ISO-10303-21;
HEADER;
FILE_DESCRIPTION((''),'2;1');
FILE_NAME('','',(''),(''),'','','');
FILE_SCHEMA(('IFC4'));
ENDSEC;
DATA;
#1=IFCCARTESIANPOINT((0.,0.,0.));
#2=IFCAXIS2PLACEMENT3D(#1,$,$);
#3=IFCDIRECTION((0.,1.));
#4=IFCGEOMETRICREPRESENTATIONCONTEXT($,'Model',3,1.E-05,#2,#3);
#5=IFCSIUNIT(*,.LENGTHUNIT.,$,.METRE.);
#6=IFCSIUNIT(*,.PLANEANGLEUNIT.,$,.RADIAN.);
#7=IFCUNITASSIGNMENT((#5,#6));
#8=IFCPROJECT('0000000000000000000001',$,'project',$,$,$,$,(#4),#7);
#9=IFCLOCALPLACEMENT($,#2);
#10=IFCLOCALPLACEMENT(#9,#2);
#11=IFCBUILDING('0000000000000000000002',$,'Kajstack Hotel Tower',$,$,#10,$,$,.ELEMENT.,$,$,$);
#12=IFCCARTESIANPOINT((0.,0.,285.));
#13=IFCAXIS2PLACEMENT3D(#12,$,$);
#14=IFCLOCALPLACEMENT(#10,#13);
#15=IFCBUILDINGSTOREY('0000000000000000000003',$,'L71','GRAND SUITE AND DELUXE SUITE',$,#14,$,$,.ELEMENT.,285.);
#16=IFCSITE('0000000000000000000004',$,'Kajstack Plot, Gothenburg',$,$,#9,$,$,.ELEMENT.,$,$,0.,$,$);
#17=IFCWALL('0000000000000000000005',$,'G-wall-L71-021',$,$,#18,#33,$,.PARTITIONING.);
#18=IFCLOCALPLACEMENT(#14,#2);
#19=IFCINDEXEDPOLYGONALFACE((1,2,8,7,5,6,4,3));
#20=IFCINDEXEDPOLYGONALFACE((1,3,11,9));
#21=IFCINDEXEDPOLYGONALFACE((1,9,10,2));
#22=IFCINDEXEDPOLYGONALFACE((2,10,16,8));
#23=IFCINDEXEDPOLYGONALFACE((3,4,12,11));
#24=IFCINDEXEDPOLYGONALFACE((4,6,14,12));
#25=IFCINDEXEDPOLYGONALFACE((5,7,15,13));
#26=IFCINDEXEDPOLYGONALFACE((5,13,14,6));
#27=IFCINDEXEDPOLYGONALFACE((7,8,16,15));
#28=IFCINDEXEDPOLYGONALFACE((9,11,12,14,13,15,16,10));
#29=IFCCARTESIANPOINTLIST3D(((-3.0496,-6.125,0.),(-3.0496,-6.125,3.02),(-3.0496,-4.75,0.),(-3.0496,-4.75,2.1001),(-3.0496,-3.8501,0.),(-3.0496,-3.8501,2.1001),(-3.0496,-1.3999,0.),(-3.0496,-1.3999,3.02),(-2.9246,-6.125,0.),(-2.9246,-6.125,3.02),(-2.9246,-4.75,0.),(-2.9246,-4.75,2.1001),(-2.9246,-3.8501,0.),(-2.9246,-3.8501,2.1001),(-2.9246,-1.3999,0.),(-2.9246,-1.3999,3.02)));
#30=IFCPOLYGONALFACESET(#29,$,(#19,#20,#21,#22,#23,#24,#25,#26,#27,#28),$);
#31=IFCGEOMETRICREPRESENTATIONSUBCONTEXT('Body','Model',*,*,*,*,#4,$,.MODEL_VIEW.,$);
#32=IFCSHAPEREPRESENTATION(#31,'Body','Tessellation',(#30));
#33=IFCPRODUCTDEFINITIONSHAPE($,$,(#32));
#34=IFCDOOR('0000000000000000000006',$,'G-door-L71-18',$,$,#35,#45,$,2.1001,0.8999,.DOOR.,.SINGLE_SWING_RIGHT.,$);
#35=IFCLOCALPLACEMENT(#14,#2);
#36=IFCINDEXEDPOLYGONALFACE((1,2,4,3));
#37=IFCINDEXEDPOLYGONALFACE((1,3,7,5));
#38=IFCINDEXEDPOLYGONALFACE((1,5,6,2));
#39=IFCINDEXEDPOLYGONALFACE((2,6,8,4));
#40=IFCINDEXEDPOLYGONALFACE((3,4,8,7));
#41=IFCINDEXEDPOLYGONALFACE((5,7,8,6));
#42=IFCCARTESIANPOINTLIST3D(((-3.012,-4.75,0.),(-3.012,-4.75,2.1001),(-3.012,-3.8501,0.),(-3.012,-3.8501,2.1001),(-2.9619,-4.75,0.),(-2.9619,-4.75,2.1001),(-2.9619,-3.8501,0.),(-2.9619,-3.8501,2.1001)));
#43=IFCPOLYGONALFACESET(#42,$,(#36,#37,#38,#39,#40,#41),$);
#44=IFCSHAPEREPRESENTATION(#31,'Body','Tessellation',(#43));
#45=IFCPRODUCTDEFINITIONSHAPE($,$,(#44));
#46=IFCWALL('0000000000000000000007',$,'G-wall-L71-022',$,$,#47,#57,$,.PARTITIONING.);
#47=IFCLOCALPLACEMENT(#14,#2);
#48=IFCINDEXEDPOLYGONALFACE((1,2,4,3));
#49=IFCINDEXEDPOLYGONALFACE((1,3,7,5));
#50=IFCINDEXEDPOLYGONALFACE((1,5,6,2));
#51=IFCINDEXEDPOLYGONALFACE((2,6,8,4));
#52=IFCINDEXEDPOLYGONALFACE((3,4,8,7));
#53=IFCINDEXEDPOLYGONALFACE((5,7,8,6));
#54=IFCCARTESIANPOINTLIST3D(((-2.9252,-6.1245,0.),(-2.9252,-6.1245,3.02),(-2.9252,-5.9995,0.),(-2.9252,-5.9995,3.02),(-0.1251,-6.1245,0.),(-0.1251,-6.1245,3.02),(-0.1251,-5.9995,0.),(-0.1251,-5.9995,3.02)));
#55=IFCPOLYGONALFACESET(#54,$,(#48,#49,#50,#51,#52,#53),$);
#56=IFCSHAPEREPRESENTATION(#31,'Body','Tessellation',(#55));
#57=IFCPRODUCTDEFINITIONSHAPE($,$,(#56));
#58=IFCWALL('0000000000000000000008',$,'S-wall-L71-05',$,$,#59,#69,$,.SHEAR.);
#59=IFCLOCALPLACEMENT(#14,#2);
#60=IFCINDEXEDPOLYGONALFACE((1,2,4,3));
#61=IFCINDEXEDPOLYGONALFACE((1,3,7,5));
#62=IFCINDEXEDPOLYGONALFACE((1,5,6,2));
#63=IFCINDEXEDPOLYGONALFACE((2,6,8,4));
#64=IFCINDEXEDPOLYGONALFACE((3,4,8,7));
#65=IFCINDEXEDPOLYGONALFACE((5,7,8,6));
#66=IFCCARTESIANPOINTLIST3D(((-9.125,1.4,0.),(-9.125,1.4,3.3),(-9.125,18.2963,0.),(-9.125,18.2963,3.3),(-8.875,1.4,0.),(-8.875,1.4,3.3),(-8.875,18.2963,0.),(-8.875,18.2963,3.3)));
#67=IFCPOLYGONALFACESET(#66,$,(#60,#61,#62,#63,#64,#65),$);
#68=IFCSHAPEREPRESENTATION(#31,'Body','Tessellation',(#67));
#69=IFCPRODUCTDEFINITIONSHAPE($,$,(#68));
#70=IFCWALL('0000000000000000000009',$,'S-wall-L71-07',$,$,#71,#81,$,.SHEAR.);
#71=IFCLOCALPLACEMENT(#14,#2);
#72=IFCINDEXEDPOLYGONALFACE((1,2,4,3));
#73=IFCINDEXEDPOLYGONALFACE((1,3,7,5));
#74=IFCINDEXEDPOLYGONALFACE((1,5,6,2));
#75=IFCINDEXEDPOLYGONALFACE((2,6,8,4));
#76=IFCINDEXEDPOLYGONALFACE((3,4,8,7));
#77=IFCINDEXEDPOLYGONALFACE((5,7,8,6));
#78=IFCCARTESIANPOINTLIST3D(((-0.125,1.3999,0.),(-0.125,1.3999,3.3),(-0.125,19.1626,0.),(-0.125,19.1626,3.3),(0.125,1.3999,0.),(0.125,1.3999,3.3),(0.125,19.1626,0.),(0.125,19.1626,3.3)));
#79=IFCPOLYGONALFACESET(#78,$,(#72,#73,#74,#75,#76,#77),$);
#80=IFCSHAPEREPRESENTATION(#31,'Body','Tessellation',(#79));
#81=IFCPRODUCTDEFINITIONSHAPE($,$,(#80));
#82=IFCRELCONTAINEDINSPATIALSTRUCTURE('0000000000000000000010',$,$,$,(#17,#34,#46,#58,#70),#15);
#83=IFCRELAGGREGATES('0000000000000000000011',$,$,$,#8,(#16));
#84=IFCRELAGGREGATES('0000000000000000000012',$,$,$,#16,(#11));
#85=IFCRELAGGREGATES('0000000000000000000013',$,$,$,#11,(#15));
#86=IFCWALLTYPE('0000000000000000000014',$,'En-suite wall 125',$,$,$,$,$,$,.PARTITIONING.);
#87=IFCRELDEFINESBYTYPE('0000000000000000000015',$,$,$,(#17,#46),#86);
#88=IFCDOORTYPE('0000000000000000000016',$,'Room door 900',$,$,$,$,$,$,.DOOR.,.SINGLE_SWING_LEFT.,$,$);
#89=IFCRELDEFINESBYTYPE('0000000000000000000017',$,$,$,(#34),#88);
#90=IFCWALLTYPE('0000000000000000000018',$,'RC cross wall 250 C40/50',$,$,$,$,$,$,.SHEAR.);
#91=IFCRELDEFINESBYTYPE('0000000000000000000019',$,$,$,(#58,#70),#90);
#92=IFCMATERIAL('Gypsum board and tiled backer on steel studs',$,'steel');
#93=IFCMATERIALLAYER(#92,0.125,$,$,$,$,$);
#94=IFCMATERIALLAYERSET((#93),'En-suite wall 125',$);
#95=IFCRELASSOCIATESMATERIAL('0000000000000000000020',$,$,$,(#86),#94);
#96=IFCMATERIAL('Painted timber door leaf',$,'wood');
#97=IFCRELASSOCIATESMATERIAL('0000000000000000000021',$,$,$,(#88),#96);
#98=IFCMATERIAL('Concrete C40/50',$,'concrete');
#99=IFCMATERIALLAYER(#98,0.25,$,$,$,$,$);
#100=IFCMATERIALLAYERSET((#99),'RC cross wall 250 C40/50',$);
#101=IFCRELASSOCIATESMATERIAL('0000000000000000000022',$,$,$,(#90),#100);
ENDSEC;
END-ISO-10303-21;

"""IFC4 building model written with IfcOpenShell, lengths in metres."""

from ifc_helpers import new_model, si_unit, direction, frame, frame_2d, origin, place, context, subcontext, project, spatial, rectangle, extrude, material, layer, layer_set, type_object, element, fill, save


model = new_model("IFC4")

# Units and contexts
model_context = context("Model", 3, precision=1e-05, world=origin(), true_north=direction((0.0, 1.0)))
body_context = subcontext(model_context, "Body", "Model", "MODEL_VIEW")
ifc_project = project(units=[si_unit("LENGTHUNIT", "METRE"), si_unit("PLANEANGLEUNIT", "RADIAN")], contexts=[model_context])

# Site, building, storey
site_placement = place(None, origin())
site = spatial("IfcSite", under=ifc_project, at=site_placement, Name="Kajstack Plot, Gothenburg", CompositionType="ELEMENT", RefElevation=0.0)
building_placement = place(site_placement, origin())
building = spatial("IfcBuilding", under=site, at=building_placement, Name="Kajstack Hotel Tower", CompositionType="ELEMENT")
storey_placement = place(building_placement, frame((0.0, 0.0, 285.0)))
storey = spatial("IfcBuildingStorey", under=building, at=storey_placement, Name="L71", Description="GRAND SUITE AND DELUXE SUITE", CompositionType="ELEMENT", Elevation=285.0)

# Shared definitions
ifc_material_1 = material(Name="Concrete C40/50", Category="concrete")

# Shared definitions
ifc_material_2 = material(Name="Gypsum board and tiled backer on steel studs", Category="steel")
ifc_layer_1 = layer(ifc_material_2, 0.125)
ifc_layer_set_1 = layer_set([ifc_layer_1], Name="En-suite wall 125")
wall_type_1 = type_object("IfcWallType", Name="En-suite wall 125", PredefinedType="PARTITIONING", material=ifc_layer_set_1)
ifc_material_3 = material(Name="Painted timber door leaf", Category="wood")
door_type = type_object("IfcDoorType", Name="Room door 900", OperationType="SINGLE_SWING_LEFT", PredefinedType="DOOR", material=ifc_material_3)

# Wall, opening, door
wall_1_placement = place(storey_placement, frame((-2.9871, -6.125, 0.0), z_axis=(0.0, 0.0, 1.0), x_axis=(0.0, 1.0, 0.0)))
wall_1 = element("IfcWall", 1, at=wall_1_placement, inside=storey, type_object=wall_type_1, Name="G-wall-L71-021", PredefinedType="PARTITIONING", context=body_context, shape_type="SweptSolid", body=[
    extrude(rectangle(XDim=4.7251, YDim=0.125, at=frame_2d((2.3625, 0.0))), origin(), (0.0, 0.0, 1.0), 3.02),
])
opening_1_placement = place(wall_1_placement, frame((1.375, 0.0, 0.0)))
opening_1 = element("IfcOpeningElement", 2, at=opening_1_placement, cuts=wall_1, PredefinedType="OPENING", context=body_context, shape_type="SweptSolid", body=[
    extrude(rectangle(XDim=0.8999, YDim=2.1001, at=frame_2d((0.45, 1.05))), frame((0.0, 0.0725, 0.0), z_axis=(0.0, -1.0, 0.0), x_axis=(1.0, 0.0, 0.0)), (0.0, 0.0, 1.0), 0.145),
])
door_1_placement = place(opening_1_placement, origin())
door_1 = element("IfcDoor", 3, at=door_1_placement, inside=storey, type_object=door_type, Name="G-door-L71-18", OperationType="SINGLE_SWING_RIGHT", OverallHeight=2.1001, OverallWidth=0.8999, PredefinedType="DOOR", context=body_context, shape_type="SweptSolid", body=[
    extrude(rectangle(XDim=0.8999, YDim=2.1001, at=frame_2d((0.45, 1.05))), frame((0.0, 0.0249, 0.0), z_axis=(0.0, -1.0, 0.0), x_axis=(1.0, 0.0, 0.0)), (0.0, 0.0, 1.0), 0.05),
])
fill(opening_1, door_1)

# Walls
wall_2_placement = place(storey_placement, frame((-2.925, -6.062, 0.0), z_axis=(0.0, 0.0, 1.0), x_axis=(1.0, 0.0, 0.0)))
element("IfcWall", 4, at=wall_2_placement, inside=storey, type_object=wall_type_1, Name="G-wall-L71-022", PredefinedType="PARTITIONING", context=body_context, shape_type="SweptSolid", body=[
    extrude(rectangle(XDim=2.8, YDim=0.125, at=frame_2d((1.3999, 0.0))), origin(), (0.0, 0.0, 1.0), 3.02),
])
ifc_layer_2 = layer(ifc_material_1, 0.25)
ifc_layer_set_2 = layer_set([ifc_layer_2], Name="RC cross wall 250 C40/50")
wall_type_2 = type_object("IfcWallType", Name="RC cross wall 250 C40/50", PredefinedType="SHEAR", material=ifc_layer_set_2)
wall_3_placement = place(storey_placement, frame((-9.0, 1.3999, 0.0), z_axis=(0.0, 0.0, 1.0), x_axis=(0.0, 1.0, 0.0)))
element("IfcWall", 5, at=wall_3_placement, inside=storey, type_object=wall_type_2, Name="S-wall-L71-05", PredefinedType="SHEAR", context=body_context, shape_type="SweptSolid", body=[
    extrude(rectangle(XDim=16.8962, YDim=0.25, at=frame_2d((8.4482, 0.0))), origin(), (0.0, 0.0, 1.0), 3.3),
])
wall_4_placement = place(storey_placement, frame((0.0, 1.3999, 0.0), z_axis=(0.0, 0.0, 1.0), x_axis=(0.0, 1.0, 0.0)))
element("IfcWall", 6, at=wall_4_placement, inside=storey, type_object=wall_type_2, Name="S-wall-L71-07", PredefinedType="SHEAR", context=body_context, shape_type="SweptSolid", body=[
    extrude(rectangle(XDim=17.7627, YDim=0.25, at=frame_2d((8.8813, 0.0))), origin(), (0.0, 0.0, 1.0), 3.3),
])

save(model, "model.ifc")
